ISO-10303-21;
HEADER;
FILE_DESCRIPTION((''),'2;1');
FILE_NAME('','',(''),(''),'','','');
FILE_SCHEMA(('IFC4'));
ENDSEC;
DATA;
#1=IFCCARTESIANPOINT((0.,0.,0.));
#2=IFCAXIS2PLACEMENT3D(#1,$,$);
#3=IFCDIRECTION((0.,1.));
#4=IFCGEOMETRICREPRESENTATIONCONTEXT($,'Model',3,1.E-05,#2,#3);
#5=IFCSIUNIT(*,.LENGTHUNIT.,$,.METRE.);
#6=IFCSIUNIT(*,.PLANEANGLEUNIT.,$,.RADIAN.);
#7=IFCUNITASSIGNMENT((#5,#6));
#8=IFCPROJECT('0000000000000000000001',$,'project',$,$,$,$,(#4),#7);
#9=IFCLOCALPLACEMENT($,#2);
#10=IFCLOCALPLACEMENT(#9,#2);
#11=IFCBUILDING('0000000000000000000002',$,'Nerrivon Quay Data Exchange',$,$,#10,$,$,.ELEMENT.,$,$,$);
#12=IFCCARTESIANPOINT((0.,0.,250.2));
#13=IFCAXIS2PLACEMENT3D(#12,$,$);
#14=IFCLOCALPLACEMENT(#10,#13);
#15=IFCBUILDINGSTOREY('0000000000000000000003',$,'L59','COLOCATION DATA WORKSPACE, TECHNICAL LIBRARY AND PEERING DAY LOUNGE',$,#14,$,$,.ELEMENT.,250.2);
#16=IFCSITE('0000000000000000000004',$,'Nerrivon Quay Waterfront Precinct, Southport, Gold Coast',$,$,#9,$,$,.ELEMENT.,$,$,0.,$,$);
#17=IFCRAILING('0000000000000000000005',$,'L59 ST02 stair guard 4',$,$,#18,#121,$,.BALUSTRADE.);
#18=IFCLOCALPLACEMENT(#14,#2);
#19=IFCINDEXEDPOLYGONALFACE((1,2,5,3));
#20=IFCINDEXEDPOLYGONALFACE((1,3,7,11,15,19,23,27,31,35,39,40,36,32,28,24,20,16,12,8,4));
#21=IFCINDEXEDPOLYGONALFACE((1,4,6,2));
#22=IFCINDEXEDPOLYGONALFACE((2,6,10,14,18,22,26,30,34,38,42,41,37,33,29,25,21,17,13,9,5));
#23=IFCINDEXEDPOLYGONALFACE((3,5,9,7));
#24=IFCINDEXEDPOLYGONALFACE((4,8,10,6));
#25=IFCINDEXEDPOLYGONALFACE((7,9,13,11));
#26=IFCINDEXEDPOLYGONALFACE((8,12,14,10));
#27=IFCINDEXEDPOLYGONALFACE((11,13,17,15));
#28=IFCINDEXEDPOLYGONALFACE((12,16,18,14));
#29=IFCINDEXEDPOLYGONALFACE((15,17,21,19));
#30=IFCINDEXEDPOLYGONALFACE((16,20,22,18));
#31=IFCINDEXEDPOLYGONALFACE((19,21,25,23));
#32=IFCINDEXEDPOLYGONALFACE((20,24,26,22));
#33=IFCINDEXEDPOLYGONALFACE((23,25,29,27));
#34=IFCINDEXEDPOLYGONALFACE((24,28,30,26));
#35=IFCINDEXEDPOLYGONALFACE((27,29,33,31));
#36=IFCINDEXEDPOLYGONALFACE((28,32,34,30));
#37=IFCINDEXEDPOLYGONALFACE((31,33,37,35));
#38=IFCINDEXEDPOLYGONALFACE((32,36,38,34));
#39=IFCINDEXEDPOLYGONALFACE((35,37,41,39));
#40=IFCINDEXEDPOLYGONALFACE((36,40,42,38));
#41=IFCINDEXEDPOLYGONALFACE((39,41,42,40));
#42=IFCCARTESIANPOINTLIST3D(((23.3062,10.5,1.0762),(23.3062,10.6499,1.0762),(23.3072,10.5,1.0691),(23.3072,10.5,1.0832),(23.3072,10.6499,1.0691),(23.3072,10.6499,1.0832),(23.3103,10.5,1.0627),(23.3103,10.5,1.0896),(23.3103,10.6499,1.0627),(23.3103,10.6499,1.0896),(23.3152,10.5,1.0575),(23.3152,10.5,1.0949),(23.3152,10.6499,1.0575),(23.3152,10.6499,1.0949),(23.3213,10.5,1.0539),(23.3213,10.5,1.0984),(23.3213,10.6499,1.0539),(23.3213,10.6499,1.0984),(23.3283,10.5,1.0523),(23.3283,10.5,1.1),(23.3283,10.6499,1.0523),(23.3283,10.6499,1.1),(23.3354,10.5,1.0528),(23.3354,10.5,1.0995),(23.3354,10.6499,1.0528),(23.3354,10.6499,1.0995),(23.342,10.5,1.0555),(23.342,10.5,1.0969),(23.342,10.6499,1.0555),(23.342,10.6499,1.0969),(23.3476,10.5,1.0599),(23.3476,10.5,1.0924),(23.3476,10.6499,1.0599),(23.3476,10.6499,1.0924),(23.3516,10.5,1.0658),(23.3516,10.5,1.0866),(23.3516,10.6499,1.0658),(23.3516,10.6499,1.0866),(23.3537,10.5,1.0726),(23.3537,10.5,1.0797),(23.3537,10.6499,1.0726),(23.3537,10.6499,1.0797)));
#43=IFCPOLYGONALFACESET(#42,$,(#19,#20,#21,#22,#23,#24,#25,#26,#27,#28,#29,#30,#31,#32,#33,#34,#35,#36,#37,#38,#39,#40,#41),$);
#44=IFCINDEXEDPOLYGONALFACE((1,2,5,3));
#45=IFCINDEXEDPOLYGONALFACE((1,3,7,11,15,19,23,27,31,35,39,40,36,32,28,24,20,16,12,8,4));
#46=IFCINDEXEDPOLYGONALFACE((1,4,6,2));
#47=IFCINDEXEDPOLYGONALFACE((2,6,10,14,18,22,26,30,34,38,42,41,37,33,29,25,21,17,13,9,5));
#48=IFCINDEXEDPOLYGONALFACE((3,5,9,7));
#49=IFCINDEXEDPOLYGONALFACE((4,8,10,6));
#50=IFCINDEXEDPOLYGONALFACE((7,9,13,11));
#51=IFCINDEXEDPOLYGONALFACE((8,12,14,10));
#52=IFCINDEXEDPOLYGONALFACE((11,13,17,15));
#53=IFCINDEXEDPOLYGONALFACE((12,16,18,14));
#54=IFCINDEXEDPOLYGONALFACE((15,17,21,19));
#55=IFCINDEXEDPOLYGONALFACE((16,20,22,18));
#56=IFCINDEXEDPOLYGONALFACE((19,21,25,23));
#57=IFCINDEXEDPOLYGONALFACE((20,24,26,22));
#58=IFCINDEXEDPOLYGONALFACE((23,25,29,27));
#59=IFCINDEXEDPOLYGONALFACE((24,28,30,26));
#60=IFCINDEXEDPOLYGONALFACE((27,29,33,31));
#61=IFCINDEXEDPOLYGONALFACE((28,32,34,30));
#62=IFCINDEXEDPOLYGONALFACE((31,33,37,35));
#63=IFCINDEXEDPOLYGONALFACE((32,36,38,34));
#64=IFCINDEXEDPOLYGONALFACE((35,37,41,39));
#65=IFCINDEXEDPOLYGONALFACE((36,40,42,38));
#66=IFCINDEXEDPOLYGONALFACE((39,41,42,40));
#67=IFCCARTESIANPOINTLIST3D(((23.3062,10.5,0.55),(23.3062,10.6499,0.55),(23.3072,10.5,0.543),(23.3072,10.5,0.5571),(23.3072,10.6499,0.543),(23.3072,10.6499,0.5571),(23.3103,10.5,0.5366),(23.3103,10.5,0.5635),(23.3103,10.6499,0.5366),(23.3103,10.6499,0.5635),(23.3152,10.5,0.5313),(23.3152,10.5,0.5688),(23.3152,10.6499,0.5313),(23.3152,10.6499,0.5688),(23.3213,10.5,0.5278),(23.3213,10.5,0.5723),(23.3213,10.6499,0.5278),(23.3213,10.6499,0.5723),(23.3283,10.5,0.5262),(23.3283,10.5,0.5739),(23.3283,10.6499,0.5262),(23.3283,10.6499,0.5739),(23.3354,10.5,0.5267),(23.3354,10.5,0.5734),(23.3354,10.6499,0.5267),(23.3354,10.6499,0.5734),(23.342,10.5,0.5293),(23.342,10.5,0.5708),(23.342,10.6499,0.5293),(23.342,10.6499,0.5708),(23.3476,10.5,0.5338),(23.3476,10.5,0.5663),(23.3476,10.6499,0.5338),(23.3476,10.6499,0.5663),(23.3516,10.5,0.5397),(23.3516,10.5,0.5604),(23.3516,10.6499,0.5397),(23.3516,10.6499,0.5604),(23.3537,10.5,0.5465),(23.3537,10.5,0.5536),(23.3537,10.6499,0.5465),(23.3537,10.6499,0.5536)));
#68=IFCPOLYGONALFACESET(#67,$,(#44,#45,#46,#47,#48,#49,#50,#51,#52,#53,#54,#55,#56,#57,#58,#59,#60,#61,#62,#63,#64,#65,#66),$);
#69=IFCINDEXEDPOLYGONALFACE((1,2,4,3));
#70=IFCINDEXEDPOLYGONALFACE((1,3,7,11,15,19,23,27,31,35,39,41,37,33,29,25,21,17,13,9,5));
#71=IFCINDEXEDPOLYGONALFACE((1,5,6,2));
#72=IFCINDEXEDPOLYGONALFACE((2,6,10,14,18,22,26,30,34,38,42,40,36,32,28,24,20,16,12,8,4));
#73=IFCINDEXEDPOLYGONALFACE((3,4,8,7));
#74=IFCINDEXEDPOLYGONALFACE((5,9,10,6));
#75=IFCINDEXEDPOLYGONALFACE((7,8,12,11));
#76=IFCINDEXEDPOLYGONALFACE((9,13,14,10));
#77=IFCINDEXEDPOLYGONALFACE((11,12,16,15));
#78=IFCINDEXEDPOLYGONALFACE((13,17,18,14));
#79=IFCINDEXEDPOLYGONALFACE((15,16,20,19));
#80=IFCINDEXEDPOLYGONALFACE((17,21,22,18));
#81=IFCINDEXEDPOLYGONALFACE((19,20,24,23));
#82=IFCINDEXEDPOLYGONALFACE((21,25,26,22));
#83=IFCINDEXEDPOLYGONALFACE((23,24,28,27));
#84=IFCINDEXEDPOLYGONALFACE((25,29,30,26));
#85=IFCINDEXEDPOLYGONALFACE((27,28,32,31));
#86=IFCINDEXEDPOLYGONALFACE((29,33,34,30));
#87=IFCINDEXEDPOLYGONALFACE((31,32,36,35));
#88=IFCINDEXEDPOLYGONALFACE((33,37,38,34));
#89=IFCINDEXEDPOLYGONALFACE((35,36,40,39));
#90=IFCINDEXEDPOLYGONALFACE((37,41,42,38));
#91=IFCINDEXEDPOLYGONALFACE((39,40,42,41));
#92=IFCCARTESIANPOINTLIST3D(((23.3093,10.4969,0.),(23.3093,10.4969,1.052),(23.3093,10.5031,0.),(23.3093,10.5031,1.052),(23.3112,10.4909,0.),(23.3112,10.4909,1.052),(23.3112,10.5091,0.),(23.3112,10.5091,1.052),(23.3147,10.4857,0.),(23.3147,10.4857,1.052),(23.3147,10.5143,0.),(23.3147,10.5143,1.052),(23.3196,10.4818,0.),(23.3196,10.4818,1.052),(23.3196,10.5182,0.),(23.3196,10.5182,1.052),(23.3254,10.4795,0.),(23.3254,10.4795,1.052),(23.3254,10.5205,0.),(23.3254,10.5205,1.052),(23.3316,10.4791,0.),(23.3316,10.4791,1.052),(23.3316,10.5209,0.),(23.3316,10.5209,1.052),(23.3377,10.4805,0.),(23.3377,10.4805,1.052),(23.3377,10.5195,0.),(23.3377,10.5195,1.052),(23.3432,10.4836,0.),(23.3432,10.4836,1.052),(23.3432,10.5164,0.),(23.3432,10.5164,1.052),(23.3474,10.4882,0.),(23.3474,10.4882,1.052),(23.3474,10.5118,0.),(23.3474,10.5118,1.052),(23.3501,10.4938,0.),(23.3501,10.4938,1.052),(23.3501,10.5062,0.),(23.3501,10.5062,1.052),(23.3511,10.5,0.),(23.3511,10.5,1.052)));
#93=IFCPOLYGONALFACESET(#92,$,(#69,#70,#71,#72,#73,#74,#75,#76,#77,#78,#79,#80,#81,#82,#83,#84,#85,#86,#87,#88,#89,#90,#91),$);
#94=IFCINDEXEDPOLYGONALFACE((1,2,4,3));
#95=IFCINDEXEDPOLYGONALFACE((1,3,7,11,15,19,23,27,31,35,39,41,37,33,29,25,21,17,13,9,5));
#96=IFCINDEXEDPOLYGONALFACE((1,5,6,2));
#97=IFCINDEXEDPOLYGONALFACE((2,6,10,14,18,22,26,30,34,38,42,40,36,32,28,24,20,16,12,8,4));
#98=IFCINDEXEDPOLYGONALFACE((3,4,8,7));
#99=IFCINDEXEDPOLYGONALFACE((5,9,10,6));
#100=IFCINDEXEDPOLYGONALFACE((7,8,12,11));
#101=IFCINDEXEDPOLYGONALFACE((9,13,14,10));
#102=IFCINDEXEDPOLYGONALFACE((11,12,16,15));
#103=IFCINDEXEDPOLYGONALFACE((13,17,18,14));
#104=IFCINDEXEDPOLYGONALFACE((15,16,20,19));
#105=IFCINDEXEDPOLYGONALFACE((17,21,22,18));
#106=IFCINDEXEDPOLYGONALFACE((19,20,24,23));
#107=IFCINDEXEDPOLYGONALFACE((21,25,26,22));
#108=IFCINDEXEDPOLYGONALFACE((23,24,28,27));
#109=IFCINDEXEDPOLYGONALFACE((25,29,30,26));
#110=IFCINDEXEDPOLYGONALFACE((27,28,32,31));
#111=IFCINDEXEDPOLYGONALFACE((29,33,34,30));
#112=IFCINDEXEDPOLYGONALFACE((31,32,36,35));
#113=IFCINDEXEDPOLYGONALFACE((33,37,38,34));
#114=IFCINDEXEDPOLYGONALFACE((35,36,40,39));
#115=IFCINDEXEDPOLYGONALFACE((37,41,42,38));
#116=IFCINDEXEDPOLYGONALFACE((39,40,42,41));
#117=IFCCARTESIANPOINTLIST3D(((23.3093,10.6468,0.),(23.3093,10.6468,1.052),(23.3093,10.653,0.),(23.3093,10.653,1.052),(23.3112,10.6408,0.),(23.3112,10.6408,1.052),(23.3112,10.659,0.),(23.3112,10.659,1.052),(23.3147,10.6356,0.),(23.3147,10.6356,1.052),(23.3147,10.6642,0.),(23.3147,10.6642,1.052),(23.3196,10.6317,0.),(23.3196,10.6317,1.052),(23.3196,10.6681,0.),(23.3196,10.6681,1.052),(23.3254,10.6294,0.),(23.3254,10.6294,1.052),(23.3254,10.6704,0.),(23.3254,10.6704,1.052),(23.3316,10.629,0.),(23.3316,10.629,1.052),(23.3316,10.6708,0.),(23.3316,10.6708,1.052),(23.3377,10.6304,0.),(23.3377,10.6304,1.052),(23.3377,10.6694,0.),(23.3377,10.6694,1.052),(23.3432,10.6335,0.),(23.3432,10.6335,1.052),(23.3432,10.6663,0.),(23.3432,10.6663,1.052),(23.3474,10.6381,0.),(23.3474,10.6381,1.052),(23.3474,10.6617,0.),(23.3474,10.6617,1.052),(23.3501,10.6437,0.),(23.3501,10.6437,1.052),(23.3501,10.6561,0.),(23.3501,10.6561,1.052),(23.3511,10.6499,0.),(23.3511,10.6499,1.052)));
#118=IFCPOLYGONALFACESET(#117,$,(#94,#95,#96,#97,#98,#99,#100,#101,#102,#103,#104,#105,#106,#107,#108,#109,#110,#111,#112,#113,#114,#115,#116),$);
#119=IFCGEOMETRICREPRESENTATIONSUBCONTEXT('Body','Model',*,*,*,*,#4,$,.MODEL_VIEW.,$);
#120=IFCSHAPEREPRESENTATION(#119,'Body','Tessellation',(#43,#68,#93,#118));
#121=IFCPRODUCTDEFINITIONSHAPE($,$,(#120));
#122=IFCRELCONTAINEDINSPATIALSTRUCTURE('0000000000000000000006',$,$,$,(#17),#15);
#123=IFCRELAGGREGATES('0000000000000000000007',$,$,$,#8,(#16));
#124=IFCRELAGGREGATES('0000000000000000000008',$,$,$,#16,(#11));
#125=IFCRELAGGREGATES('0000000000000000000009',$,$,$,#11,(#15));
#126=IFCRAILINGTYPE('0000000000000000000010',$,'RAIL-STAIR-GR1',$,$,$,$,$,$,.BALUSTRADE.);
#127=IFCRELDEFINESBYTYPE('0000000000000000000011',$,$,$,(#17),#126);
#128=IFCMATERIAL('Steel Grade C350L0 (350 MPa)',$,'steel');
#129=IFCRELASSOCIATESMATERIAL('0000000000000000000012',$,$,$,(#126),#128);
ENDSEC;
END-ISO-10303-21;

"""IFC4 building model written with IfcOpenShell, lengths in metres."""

from ifc_helpers import new_model, si_unit, direction, frame, origin, origin_2d, place, context, subcontext, project, spatial, circle, extrude, material, type_object, element, save


model = new_model("IFC4")

# Units and contexts
model_context = context("Model", 3, precision=1e-05, world=origin(), true_north=direction((0.0, 1.0)))
body_context = subcontext(model_context, "Body", "Model", "MODEL_VIEW")
ifc_project = project(units=[si_unit("LENGTHUNIT", "METRE"), si_unit("PLANEANGLEUNIT", "RADIAN")], contexts=[model_context])

# Site, building, storey
site_placement = place(None, origin())
site = spatial("IfcSite", under=ifc_project, at=site_placement, Name="Nerrivon Quay Waterfront Precinct, Southport, Gold Coast", CompositionType="ELEMENT", RefElevation=0.0)
building_placement = place(site_placement, origin())
building = spatial("IfcBuilding", under=site, at=building_placement, Name="Nerrivon Quay Data Exchange", CompositionType="ELEMENT")
storey_placement = place(building_placement, frame((0.0, 0.0, 250.2)))
storey = spatial("IfcBuildingStorey", under=building, at=storey_placement, Name="L59", Description="COLOCATION DATA WORKSPACE, TECHNICAL LIBRARY AND PEERING DAY LOUNGE", CompositionType="ELEMENT", Elevation=250.2)

# Railing
ifc_material_1 = material(Name="Steel Grade C350L0 (350 MPa)", Category="steel")
railing_type_1 = type_object("IfcRailingType", Name="RAIL-STAIR-GR1", PredefinedType="BALUSTRADE", material=ifc_material_1)
railing_1_placement = place(storey_placement, frame((23.3301, 10.5, 0.0)))
element("IfcRailing", 1, at=railing_1_placement, inside=storey, type_object=railing_type_1, Name="L59 ST02 stair guard 4", PredefinedType="BALUSTRADE", context=body_context, shape_type="SweptSolid", body=[
    extrude(circle(Radius=0.0239, at=origin_2d()), frame((0.0, 0.0, 1.0762), z_axis=(0.0, 1.0, 0.0), x_axis=(-1.0, 0.0, 0.0)), (0.0, 0.0, 1.0), 0.1499),
    extrude(circle(Radius=0.0239, at=origin_2d()), frame((0.0, 0.0, 0.55), z_axis=(0.0, 1.0, 0.0), x_axis=(-1.0, 0.0, 0.0)), (0.0, 0.0, 1.0), 0.1499),
    extrude(circle(Radius=0.021, at=origin_2d()), origin(), (0.0, 0.0, 1.0), 1.052),
    extrude(circle(Radius=0.021, at=origin_2d()), frame((0.0, 0.1499, 0.0)), (0.0, 0.0, 1.0), 1.052),
])

save(model, "model.ifc")
